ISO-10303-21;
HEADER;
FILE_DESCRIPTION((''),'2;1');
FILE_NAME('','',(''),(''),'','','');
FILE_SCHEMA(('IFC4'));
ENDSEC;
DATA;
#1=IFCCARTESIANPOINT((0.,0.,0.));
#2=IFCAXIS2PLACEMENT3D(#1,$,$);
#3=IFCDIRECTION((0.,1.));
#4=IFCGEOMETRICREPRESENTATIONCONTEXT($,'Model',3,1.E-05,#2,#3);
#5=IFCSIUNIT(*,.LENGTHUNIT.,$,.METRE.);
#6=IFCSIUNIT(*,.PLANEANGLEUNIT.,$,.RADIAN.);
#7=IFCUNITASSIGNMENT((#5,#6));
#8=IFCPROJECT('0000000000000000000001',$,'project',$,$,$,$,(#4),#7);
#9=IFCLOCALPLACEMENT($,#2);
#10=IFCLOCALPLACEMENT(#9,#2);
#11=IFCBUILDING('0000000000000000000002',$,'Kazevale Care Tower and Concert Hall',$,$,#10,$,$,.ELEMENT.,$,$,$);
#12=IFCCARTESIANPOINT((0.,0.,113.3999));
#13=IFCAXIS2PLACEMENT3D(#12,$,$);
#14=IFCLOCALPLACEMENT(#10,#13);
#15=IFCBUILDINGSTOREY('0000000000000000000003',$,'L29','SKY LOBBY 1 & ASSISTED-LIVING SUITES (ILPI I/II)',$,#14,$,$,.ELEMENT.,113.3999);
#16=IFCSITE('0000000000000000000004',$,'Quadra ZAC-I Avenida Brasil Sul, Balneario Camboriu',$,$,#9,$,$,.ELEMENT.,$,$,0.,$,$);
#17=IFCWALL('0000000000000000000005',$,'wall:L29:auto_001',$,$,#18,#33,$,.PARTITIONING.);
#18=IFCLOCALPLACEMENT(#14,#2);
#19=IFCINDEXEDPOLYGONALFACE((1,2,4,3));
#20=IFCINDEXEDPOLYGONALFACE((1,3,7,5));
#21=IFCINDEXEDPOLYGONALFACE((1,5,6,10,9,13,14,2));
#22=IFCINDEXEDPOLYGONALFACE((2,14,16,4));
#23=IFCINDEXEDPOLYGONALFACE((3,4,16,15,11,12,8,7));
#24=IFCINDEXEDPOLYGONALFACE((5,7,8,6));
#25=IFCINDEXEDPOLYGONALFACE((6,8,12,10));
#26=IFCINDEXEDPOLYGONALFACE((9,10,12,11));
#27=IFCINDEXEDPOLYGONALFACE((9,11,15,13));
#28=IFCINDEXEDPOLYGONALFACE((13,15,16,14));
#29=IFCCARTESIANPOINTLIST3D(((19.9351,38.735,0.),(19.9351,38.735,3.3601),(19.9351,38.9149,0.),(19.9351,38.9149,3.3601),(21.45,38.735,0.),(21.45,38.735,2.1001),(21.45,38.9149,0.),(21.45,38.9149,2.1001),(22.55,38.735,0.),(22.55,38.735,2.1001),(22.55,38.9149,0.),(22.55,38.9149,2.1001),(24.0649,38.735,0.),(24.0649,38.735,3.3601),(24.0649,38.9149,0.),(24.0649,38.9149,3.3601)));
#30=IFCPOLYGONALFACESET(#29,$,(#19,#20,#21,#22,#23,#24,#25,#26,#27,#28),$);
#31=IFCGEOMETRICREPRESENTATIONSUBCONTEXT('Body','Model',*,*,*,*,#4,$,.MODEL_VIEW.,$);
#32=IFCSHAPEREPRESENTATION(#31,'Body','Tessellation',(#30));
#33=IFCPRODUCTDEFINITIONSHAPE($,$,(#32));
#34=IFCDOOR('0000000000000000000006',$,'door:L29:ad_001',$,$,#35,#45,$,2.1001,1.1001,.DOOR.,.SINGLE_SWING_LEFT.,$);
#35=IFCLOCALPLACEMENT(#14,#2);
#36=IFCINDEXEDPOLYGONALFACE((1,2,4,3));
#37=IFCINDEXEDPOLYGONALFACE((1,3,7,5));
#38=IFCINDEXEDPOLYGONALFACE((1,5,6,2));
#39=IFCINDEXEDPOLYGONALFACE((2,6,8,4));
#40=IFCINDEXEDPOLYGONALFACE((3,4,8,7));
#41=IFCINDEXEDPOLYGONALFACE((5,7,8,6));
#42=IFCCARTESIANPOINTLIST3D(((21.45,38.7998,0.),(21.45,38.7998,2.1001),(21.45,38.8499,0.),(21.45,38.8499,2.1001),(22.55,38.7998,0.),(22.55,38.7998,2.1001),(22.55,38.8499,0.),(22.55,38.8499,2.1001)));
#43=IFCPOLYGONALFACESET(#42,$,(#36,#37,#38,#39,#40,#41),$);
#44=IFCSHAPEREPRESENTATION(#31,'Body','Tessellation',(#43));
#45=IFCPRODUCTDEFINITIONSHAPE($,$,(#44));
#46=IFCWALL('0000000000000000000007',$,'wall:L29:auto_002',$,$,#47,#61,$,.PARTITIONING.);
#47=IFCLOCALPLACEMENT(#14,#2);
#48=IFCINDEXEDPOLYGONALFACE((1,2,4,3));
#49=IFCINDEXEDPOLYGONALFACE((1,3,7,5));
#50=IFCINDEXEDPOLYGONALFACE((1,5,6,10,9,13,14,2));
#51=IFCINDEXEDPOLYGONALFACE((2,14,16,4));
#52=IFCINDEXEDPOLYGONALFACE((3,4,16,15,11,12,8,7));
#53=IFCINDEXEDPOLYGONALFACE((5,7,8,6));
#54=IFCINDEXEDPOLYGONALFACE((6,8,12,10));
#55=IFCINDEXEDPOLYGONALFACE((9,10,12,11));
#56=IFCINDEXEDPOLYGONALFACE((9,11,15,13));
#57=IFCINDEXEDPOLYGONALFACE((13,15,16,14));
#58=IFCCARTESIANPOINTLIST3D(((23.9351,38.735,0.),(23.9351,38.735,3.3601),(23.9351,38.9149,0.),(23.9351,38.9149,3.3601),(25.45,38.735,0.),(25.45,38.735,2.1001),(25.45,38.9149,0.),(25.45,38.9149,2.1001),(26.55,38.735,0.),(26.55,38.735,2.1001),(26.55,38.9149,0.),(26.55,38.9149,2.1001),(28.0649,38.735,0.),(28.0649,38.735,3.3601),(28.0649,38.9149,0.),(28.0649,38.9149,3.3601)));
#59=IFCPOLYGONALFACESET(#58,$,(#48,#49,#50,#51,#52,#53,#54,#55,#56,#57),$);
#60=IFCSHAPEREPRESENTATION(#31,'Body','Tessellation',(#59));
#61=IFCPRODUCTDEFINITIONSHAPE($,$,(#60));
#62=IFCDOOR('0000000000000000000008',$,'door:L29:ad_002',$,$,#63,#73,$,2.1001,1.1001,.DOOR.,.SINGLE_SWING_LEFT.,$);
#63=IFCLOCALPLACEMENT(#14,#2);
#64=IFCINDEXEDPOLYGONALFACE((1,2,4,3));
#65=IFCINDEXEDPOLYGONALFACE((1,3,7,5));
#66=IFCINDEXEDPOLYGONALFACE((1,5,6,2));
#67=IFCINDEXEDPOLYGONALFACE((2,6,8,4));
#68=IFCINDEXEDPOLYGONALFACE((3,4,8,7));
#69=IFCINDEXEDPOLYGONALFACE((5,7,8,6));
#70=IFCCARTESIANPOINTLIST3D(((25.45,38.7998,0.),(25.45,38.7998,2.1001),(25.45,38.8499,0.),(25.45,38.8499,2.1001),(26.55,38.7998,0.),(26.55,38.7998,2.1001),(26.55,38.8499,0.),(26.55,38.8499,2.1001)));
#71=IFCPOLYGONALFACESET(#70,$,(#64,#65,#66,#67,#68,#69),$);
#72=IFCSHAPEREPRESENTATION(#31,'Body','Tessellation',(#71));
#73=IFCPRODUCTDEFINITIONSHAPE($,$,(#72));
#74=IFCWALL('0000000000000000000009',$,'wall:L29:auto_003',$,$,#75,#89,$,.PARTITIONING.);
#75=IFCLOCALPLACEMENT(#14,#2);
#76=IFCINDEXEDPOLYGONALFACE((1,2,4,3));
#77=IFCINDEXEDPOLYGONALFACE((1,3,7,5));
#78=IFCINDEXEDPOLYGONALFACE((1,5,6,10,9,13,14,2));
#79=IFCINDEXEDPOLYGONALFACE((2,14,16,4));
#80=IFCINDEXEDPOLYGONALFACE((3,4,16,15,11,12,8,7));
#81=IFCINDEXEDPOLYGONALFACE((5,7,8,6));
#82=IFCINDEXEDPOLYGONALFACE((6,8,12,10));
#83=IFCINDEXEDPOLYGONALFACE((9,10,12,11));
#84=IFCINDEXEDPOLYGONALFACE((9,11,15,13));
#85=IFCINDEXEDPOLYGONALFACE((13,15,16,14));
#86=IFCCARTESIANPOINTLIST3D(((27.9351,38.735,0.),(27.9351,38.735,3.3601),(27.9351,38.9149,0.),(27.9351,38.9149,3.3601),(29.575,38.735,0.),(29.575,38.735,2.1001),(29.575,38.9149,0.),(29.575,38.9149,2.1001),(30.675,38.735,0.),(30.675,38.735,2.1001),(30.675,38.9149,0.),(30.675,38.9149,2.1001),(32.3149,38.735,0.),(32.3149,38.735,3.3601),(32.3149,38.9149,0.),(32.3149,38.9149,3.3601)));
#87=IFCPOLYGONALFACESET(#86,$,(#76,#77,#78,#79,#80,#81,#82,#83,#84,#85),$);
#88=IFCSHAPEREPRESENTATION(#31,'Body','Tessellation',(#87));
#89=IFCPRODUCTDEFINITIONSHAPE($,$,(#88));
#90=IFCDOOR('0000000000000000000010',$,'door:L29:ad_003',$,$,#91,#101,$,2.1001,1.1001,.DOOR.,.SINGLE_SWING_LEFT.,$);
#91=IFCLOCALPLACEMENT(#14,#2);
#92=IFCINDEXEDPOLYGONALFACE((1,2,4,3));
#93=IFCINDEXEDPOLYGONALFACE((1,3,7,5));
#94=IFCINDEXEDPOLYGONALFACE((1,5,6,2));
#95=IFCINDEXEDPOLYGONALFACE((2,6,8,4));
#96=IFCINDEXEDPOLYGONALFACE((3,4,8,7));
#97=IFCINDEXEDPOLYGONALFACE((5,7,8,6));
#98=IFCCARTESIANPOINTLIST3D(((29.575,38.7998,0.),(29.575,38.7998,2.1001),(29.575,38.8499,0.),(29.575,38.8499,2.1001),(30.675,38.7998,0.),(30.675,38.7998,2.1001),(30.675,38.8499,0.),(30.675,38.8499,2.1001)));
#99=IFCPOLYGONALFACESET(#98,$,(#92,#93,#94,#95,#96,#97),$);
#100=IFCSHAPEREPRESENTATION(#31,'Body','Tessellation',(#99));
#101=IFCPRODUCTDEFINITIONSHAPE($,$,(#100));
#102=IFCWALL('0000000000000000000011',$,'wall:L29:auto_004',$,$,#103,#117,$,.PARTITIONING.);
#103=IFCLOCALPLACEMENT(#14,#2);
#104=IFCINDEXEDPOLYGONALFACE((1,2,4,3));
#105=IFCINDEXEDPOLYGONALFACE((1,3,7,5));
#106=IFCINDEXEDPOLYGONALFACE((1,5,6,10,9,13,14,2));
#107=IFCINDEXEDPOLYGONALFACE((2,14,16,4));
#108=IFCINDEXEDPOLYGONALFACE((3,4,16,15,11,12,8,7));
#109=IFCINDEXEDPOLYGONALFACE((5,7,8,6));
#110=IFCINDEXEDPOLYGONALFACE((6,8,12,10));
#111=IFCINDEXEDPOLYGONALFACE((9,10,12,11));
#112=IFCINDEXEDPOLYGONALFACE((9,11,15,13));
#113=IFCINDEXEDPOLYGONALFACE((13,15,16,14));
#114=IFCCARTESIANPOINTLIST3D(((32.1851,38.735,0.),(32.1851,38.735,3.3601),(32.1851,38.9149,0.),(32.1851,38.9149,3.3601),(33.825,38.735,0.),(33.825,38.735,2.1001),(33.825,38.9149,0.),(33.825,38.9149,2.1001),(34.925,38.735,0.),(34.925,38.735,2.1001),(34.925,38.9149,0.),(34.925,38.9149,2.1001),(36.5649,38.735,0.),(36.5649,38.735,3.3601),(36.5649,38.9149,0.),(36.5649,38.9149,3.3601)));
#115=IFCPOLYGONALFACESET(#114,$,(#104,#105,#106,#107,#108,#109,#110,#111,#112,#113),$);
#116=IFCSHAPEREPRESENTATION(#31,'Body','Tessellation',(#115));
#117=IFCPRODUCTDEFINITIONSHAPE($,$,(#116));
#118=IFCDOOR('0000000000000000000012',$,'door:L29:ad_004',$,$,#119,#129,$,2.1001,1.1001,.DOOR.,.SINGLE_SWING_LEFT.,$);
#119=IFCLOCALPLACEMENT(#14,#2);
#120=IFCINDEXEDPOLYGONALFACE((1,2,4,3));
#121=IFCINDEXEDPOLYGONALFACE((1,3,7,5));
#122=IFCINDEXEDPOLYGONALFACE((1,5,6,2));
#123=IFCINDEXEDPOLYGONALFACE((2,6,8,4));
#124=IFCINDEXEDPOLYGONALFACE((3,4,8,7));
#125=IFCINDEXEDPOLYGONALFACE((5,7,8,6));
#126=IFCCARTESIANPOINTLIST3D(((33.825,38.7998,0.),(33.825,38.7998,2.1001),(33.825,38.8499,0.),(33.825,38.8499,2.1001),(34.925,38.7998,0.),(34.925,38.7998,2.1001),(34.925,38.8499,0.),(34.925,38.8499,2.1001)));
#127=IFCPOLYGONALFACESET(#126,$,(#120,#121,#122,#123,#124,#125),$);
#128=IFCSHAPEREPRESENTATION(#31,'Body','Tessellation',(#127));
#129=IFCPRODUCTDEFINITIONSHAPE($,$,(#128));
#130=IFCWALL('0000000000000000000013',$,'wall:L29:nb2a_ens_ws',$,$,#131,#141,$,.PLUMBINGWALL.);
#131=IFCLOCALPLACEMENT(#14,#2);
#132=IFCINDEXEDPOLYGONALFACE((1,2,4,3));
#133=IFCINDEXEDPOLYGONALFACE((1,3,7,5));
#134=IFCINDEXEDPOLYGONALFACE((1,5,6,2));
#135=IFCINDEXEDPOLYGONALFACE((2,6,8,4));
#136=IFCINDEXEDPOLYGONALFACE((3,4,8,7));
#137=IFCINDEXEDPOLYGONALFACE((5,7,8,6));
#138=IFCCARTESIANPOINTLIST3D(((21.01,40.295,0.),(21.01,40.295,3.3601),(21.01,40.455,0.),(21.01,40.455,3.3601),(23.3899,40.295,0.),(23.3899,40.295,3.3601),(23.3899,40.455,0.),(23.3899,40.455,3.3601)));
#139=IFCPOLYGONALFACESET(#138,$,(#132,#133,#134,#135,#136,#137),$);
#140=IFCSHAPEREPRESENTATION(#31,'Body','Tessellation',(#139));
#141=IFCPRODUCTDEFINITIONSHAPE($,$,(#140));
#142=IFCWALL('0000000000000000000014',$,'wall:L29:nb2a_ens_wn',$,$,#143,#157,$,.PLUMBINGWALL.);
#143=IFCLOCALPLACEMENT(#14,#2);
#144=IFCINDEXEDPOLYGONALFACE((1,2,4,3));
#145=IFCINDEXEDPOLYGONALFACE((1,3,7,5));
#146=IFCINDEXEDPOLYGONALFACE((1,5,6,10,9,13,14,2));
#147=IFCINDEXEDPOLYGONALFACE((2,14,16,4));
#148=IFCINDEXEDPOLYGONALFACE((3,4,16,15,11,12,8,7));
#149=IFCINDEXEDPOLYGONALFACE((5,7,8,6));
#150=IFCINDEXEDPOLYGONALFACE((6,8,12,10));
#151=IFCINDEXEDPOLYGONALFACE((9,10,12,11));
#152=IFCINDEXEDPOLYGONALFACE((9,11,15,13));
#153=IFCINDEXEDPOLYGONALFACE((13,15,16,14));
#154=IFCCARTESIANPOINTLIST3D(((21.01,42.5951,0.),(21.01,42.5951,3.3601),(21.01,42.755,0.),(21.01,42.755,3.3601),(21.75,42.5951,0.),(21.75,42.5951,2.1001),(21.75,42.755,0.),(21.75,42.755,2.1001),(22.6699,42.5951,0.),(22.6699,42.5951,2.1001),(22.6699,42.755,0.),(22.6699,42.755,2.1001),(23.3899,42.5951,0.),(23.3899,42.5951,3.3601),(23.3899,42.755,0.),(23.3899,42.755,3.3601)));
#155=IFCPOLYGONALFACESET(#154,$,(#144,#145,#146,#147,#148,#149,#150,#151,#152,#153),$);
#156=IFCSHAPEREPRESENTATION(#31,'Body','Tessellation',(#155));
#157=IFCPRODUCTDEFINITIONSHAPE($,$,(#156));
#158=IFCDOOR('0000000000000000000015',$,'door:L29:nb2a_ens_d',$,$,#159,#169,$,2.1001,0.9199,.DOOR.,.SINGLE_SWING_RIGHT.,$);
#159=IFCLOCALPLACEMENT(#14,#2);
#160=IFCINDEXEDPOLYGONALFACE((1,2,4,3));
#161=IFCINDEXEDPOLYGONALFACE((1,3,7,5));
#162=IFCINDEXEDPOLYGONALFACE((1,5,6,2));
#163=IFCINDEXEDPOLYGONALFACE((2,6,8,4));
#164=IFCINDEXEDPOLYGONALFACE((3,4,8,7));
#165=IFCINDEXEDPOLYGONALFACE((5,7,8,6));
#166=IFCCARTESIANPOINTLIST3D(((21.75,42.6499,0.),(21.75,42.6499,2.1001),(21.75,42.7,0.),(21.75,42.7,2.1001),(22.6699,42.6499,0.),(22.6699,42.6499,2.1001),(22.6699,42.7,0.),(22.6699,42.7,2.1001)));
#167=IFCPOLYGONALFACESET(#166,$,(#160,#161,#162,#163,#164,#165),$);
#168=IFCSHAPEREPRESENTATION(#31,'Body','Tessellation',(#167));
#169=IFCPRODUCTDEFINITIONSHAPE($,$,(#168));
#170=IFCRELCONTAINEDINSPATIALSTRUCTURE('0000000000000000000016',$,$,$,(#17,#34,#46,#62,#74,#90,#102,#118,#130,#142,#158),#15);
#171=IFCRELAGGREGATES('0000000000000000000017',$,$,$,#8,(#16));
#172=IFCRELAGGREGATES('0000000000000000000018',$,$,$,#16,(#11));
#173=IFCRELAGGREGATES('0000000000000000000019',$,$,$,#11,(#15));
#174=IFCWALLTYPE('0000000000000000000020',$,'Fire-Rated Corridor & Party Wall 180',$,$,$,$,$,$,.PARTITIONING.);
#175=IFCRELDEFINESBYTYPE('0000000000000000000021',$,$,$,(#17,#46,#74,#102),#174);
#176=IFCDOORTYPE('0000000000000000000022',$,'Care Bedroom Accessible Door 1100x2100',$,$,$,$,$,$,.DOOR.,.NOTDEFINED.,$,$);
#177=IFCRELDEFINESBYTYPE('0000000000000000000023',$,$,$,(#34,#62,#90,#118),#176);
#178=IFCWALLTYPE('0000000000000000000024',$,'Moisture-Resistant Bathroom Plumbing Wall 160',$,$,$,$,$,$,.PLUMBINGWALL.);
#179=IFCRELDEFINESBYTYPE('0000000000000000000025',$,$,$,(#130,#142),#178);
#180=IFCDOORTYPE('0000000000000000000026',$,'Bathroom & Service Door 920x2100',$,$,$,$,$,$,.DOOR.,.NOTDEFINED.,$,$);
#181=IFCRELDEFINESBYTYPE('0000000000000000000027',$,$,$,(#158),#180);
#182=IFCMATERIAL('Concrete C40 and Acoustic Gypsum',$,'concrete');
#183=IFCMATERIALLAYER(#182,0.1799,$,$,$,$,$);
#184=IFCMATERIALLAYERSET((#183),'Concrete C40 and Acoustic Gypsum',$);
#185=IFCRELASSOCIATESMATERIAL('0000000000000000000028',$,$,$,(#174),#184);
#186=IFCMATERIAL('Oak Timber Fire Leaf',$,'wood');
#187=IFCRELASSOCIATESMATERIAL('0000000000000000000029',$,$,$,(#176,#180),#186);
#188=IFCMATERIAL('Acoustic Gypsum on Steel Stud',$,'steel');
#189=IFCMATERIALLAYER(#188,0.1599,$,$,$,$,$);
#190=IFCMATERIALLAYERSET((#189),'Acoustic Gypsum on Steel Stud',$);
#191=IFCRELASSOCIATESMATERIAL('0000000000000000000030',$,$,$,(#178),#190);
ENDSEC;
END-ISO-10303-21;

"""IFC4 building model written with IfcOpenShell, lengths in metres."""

from ifc_helpers import new_model, si_unit, direction, frame, frame_2d, origin, place, context, subcontext, project, spatial, rectangle, extrude, material, layer, layer_set, type_object, element, fill, save


model = new_model("IFC4")

# Units and contexts
model_context = context("Model", 3, precision=1e-05, world=origin(), true_north=direction((0.0, 1.0)))
body_context = subcontext(model_context, "Body", "Model", "MODEL_VIEW")
ifc_project = project(units=[si_unit("LENGTHUNIT", "METRE"), si_unit("PLANEANGLEUNIT", "RADIAN")], contexts=[model_context])

# Site, building, storey
site_placement = place(None, origin())
site = spatial("IfcSite", under=ifc_project, at=site_placement, Name="Quadra ZAC-I Avenida Brasil Sul, Balneario Camboriu", CompositionType="ELEMENT", RefElevation=0.0)
building_placement = place(site_placement, origin())
building = spatial("IfcBuilding", under=site, at=building_placement, Name="Kazevale Care Tower and Concert Hall", CompositionType="ELEMENT")
storey_placement = place(building_placement, frame((0.0, 0.0, 113.3999)))
storey = spatial("IfcBuildingStorey", under=building, at=storey_placement, Name="L29", Description="SKY LOBBY 1 & ASSISTED-LIVING SUITES (ILPI I/II)", CompositionType="ELEMENT", Elevation=113.3999)

# Walls, openings, doors
ifc_material_1 = material(Name="Concrete C40 and Acoustic Gypsum", Category="concrete")
ifc_layer_1 = layer(ifc_material_1, 0.1799)
ifc_layer_set_1 = layer_set([ifc_layer_1], Name="Concrete C40 and Acoustic Gypsum")
wall_type_1 = type_object("IfcWallType", Name="Fire-Rated Corridor & Party Wall 180", PredefinedType="PARTITIONING", material=ifc_layer_set_1)
wall_1_placement = place(storey_placement, frame((19.9351, 38.825, 0.0), z_axis=(0.0, 0.0, 1.0), x_axis=(1.0, 0.0, 0.0)))
wall_1 = element("IfcWall", 1, at=wall_1_placement, inside=storey, type_object=wall_type_1, Name="wall:L29:auto_001", PredefinedType="PARTITIONING", context=body_context, shape_type="SweptSolid", body=[
    extrude(rectangle(XDim=4.1299, YDim=0.1799, at=frame_2d((2.0649, 0.0))), origin(), (0.0, 0.0, 1.0), 3.3601),
])
opening_1_placement = place(wall_1_placement, frame((1.5149, 0.0, 0.0)))
opening_1 = element("IfcOpeningElement", 2, at=opening_1_placement, cuts=wall_1, PredefinedType="OPENING", context=body_context, shape_type="SweptSolid", body=[
    extrude(rectangle(XDim=1.1001, YDim=2.1001, at=frame_2d((0.55, 1.05))), frame((0.0, 0.0999, 0.0), z_axis=(0.0, -1.0, 0.0), x_axis=(1.0, 0.0, 0.0)), (0.0, 0.0, 1.0), 0.2),
])
ifc_material_2 = material(Name="Oak Timber Fire Leaf", Category="wood")
door_type_1 = type_object("IfcDoorType", Name="Care Bedroom Accessible Door 1100x2100", OperationType="NOTDEFINED", PredefinedType="DOOR", material=ifc_material_2)
door_1_placement = place(opening_1_placement, origin())
door_1 = element("IfcDoor", 3, at=door_1_placement, inside=storey, type_object=door_type_1, Name="door:L29:ad_001", OperationType="SINGLE_SWING_LEFT", OverallHeight=2.1001, OverallWidth=1.1001, PredefinedType="DOOR", context=body_context, shape_type="SweptSolid", body=[
    extrude(rectangle(XDim=1.1001, YDim=2.1001, at=frame_2d((0.55, 1.05))), frame((0.0, 0.0249, 0.0), z_axis=(0.0, -1.0, 0.0), x_axis=(1.0, 0.0, 0.0)), (0.0, 0.0, 1.0), 0.05),
])
fill(opening_1, door_1)
wall_2_placement = place(storey_placement, frame((23.9351, 38.825, 0.0), z_axis=(0.0, 0.0, 1.0), x_axis=(1.0, 0.0, 0.0)))
wall_2 = element("IfcWall", 4, at=wall_2_placement, inside=storey, type_object=wall_type_1, Name="wall:L29:auto_002", PredefinedType="PARTITIONING", context=body_context, shape_type="SweptSolid", body=[
    extrude(rectangle(XDim=4.1299, YDim=0.1799, at=frame_2d((2.0649, 0.0))), origin(), (0.0, 0.0, 1.0), 3.3601),
])
opening_2_placement = place(wall_2_placement, frame((1.5149, 0.0, 0.0)))
opening_2 = element("IfcOpeningElement", 5, at=opening_2_placement, cuts=wall_2, PredefinedType="OPENING", context=body_context, shape_type="SweptSolid", body=[
    extrude(rectangle(XDim=1.1001, YDim=2.1001, at=frame_2d((0.55, 1.05))), frame((0.0, 0.0999, 0.0), z_axis=(0.0, -1.0, 0.0), x_axis=(1.0, 0.0, 0.0)), (0.0, 0.0, 1.0), 0.2),
])
door_2_placement = place(opening_2_placement, origin())
door_2 = element("IfcDoor", 6, at=door_2_placement, inside=storey, type_object=door_type_1, Name="door:L29:ad_002", OperationType="SINGLE_SWING_LEFT", OverallHeight=2.1001, OverallWidth=1.1001, PredefinedType="DOOR", context=body_context, shape_type="SweptSolid", body=[
    extrude(rectangle(XDim=1.1001, YDim=2.1001, at=frame_2d((0.55, 1.05))), frame((0.0, 0.0249, 0.0), z_axis=(0.0, -1.0, 0.0), x_axis=(1.0, 0.0, 0.0)), (0.0, 0.0, 1.0), 0.05),
])
fill(opening_2, door_2)
wall_3_placement = place(storey_placement, frame((27.9351, 38.825, 0.0), z_axis=(0.0, 0.0, 1.0), x_axis=(1.0, 0.0, 0.0)))
wall_3 = element("IfcWall", 7, at=wall_3_placement, inside=storey, type_object=wall_type_1, Name="wall:L29:auto_003", PredefinedType="PARTITIONING", context=body_context, shape_type="SweptSolid", body=[
    extrude(rectangle(XDim=4.3799, YDim=0.1799, at=frame_2d((2.1899, 0.0))), origin(), (0.0, 0.0, 1.0), 3.3601),
])
opening_3_placement = place(wall_3_placement, frame((1.6399, 0.0, 0.0)))
opening_3 = element("IfcOpeningElement", 8, at=opening_3_placement, cuts=wall_3, PredefinedType="OPENING", context=body_context, shape_type="SweptSolid", body=[
    extrude(rectangle(XDim=1.1001, YDim=2.1001, at=frame_2d((0.55, 1.05))), frame((0.0, 0.0999, 0.0), z_axis=(0.0, -1.0, 0.0), x_axis=(1.0, 0.0, 0.0)), (0.0, 0.0, 1.0), 0.2),
])
door_3_placement = place(opening_3_placement, origin())
door_3 = element("IfcDoor", 9, at=door_3_placement, inside=storey, type_object=door_type_1, Name="door:L29:ad_003", OperationType="SINGLE_SWING_LEFT", OverallHeight=2.1001, OverallWidth=1.1001, PredefinedType="DOOR", context=body_context, shape_type="SweptSolid", body=[
    extrude(rectangle(XDim=1.1001, YDim=2.1001, at=frame_2d((0.55, 1.05))), frame((0.0, 0.0249, 0.0), z_axis=(0.0, -1.0, 0.0), x_axis=(1.0, 0.0, 0.0)), (0.0, 0.0, 1.0), 0.05),
])
fill(opening_3, door_3)
wall_4_placement = place(storey_placement, frame((32.1851, 38.825, 0.0), z_axis=(0.0, 0.0, 1.0), x_axis=(1.0, 0.0, 0.0)))
wall_4 = element("IfcWall", 10, at=wall_4_placement, inside=storey, type_object=wall_type_1, Name="wall:L29:auto_004", PredefinedType="PARTITIONING", context=body_context, shape_type="SweptSolid", body=[
    extrude(rectangle(XDim=4.3799, YDim=0.1799, at=frame_2d((2.1899, 0.0))), origin(), (0.0, 0.0, 1.0), 3.3601),
])
opening_4_placement = place(wall_4_placement, frame((1.6399, 0.0, 0.0)))
opening_4 = element("IfcOpeningElement", 11, at=opening_4_placement, cuts=wall_4, PredefinedType="OPENING", context=body_context, shape_type="SweptSolid", body=[
    extrude(rectangle(XDim=1.1001, YDim=2.1001, at=frame_2d((0.55, 1.05))), frame((0.0, 0.0999, 0.0), z_axis=(0.0, -1.0, 0.0), x_axis=(1.0, 0.0, 0.0)), (0.0, 0.0, 1.0), 0.2),
])
door_4_placement = place(opening_4_placement, origin())
door_4 = element("IfcDoor", 12, at=door_4_placement, inside=storey, type_object=door_type_1, Name="door:L29:ad_004", OperationType="SINGLE_SWING_LEFT", OverallHeight=2.1001, OverallWidth=1.1001, PredefinedType="DOOR", context=body_context, shape_type="SweptSolid", body=[
    extrude(rectangle(XDim=1.1001, YDim=2.1001, at=frame_2d((0.55, 1.05))), frame((0.0, 0.0249, 0.0), z_axis=(0.0, -1.0, 0.0), x_axis=(1.0, 0.0, 0.0)), (0.0, 0.0, 1.0), 0.05),
])
fill(opening_4, door_4)

# Wall
ifc_material_3 = material(Name="Acoustic Gypsum on Steel Stud", Category="steel")
ifc_layer_2 = layer(ifc_material_3, 0.1599)
ifc_layer_set_2 = layer_set([ifc_layer_2], Name="Acoustic Gypsum on Steel Stud")
wall_type_2 = type_object("IfcWallType", Name="Moisture-Resistant Bathroom Plumbing Wall 160", PredefinedType="PLUMBINGWALL", material=ifc_layer_set_2)
wall_5_placement = place(storey_placement, frame((21.01, 40.375, 0.0), z_axis=(0.0, 0.0, 1.0), x_axis=(1.0, 0.0, 0.0)))
element("IfcWall", 13, at=wall_5_placement, inside=storey, type_object=wall_type_2, Name="wall:L29:nb2a_ens_ws", PredefinedType="PLUMBINGWALL", context=body_context, shape_type="SweptSolid", body=[
    extrude(rectangle(XDim=2.3799, YDim=0.1599, at=frame_2d((1.1899, 0.0))), origin(), (0.0, 0.0, 1.0), 3.3601),
])

# Wall, opening, door
wall_6_placement = place(storey_placement, frame((21.01, 42.675, 0.0), z_axis=(0.0, 0.0, 1.0), x_axis=(1.0, 0.0, 0.0)))
wall_6 = element("IfcWall", 14, at=wall_6_placement, inside=storey, type_object=wall_type_2, Name="wall:L29:nb2a_ens_wn", PredefinedType="PLUMBINGWALL", context=body_context, shape_type="SweptSolid", body=[
    extrude(rectangle(XDim=2.3799, YDim=0.1599, at=frame_2d((1.1899, 0.0))), origin(), (0.0, 0.0, 1.0), 3.3601),
])
opening_5_placement = place(wall_6_placement, frame((0.74, 0.0, 0.0)))
opening_5 = element("IfcOpeningElement", 15, at=opening_5_placement, cuts=wall_6, PredefinedType="OPENING", context=body_context, shape_type="SweptSolid", body=[
    extrude(rectangle(XDim=0.9199, YDim=2.1001, at=frame_2d((0.46, 1.05))), frame((0.0, 0.0898, 0.0), z_axis=(0.0, -1.0, 0.0), x_axis=(1.0, 0.0, 0.0)), (0.0, 0.0, 1.0), 0.1799),
])
door_type_2 = type_object("IfcDoorType", Name="Bathroom & Service Door 920x2100", OperationType="NOTDEFINED", PredefinedType="DOOR", material=ifc_material_2)
door_5_placement = place(opening_5_placement, origin())
door_5 = element("IfcDoor", 16, at=door_5_placement, inside=storey, type_object=door_type_2, Name="door:L29:nb2a_ens_d", OperationType="SINGLE_SWING_RIGHT", OverallHeight=2.1001, OverallWidth=0.9199, PredefinedType="DOOR", context=body_context, shape_type="SweptSolid", body=[
    extrude(rectangle(XDim=0.9199, YDim=2.1001, at=frame_2d((0.46, 1.05))), frame((0.0, 0.0249, 0.0), z_axis=(0.0, -1.0, 0.0), x_axis=(1.0, 0.0, 0.0)), (0.0, 0.0, 1.0), 0.05),
])
fill(opening_5, door_5)

save(model, "model.ifc")
